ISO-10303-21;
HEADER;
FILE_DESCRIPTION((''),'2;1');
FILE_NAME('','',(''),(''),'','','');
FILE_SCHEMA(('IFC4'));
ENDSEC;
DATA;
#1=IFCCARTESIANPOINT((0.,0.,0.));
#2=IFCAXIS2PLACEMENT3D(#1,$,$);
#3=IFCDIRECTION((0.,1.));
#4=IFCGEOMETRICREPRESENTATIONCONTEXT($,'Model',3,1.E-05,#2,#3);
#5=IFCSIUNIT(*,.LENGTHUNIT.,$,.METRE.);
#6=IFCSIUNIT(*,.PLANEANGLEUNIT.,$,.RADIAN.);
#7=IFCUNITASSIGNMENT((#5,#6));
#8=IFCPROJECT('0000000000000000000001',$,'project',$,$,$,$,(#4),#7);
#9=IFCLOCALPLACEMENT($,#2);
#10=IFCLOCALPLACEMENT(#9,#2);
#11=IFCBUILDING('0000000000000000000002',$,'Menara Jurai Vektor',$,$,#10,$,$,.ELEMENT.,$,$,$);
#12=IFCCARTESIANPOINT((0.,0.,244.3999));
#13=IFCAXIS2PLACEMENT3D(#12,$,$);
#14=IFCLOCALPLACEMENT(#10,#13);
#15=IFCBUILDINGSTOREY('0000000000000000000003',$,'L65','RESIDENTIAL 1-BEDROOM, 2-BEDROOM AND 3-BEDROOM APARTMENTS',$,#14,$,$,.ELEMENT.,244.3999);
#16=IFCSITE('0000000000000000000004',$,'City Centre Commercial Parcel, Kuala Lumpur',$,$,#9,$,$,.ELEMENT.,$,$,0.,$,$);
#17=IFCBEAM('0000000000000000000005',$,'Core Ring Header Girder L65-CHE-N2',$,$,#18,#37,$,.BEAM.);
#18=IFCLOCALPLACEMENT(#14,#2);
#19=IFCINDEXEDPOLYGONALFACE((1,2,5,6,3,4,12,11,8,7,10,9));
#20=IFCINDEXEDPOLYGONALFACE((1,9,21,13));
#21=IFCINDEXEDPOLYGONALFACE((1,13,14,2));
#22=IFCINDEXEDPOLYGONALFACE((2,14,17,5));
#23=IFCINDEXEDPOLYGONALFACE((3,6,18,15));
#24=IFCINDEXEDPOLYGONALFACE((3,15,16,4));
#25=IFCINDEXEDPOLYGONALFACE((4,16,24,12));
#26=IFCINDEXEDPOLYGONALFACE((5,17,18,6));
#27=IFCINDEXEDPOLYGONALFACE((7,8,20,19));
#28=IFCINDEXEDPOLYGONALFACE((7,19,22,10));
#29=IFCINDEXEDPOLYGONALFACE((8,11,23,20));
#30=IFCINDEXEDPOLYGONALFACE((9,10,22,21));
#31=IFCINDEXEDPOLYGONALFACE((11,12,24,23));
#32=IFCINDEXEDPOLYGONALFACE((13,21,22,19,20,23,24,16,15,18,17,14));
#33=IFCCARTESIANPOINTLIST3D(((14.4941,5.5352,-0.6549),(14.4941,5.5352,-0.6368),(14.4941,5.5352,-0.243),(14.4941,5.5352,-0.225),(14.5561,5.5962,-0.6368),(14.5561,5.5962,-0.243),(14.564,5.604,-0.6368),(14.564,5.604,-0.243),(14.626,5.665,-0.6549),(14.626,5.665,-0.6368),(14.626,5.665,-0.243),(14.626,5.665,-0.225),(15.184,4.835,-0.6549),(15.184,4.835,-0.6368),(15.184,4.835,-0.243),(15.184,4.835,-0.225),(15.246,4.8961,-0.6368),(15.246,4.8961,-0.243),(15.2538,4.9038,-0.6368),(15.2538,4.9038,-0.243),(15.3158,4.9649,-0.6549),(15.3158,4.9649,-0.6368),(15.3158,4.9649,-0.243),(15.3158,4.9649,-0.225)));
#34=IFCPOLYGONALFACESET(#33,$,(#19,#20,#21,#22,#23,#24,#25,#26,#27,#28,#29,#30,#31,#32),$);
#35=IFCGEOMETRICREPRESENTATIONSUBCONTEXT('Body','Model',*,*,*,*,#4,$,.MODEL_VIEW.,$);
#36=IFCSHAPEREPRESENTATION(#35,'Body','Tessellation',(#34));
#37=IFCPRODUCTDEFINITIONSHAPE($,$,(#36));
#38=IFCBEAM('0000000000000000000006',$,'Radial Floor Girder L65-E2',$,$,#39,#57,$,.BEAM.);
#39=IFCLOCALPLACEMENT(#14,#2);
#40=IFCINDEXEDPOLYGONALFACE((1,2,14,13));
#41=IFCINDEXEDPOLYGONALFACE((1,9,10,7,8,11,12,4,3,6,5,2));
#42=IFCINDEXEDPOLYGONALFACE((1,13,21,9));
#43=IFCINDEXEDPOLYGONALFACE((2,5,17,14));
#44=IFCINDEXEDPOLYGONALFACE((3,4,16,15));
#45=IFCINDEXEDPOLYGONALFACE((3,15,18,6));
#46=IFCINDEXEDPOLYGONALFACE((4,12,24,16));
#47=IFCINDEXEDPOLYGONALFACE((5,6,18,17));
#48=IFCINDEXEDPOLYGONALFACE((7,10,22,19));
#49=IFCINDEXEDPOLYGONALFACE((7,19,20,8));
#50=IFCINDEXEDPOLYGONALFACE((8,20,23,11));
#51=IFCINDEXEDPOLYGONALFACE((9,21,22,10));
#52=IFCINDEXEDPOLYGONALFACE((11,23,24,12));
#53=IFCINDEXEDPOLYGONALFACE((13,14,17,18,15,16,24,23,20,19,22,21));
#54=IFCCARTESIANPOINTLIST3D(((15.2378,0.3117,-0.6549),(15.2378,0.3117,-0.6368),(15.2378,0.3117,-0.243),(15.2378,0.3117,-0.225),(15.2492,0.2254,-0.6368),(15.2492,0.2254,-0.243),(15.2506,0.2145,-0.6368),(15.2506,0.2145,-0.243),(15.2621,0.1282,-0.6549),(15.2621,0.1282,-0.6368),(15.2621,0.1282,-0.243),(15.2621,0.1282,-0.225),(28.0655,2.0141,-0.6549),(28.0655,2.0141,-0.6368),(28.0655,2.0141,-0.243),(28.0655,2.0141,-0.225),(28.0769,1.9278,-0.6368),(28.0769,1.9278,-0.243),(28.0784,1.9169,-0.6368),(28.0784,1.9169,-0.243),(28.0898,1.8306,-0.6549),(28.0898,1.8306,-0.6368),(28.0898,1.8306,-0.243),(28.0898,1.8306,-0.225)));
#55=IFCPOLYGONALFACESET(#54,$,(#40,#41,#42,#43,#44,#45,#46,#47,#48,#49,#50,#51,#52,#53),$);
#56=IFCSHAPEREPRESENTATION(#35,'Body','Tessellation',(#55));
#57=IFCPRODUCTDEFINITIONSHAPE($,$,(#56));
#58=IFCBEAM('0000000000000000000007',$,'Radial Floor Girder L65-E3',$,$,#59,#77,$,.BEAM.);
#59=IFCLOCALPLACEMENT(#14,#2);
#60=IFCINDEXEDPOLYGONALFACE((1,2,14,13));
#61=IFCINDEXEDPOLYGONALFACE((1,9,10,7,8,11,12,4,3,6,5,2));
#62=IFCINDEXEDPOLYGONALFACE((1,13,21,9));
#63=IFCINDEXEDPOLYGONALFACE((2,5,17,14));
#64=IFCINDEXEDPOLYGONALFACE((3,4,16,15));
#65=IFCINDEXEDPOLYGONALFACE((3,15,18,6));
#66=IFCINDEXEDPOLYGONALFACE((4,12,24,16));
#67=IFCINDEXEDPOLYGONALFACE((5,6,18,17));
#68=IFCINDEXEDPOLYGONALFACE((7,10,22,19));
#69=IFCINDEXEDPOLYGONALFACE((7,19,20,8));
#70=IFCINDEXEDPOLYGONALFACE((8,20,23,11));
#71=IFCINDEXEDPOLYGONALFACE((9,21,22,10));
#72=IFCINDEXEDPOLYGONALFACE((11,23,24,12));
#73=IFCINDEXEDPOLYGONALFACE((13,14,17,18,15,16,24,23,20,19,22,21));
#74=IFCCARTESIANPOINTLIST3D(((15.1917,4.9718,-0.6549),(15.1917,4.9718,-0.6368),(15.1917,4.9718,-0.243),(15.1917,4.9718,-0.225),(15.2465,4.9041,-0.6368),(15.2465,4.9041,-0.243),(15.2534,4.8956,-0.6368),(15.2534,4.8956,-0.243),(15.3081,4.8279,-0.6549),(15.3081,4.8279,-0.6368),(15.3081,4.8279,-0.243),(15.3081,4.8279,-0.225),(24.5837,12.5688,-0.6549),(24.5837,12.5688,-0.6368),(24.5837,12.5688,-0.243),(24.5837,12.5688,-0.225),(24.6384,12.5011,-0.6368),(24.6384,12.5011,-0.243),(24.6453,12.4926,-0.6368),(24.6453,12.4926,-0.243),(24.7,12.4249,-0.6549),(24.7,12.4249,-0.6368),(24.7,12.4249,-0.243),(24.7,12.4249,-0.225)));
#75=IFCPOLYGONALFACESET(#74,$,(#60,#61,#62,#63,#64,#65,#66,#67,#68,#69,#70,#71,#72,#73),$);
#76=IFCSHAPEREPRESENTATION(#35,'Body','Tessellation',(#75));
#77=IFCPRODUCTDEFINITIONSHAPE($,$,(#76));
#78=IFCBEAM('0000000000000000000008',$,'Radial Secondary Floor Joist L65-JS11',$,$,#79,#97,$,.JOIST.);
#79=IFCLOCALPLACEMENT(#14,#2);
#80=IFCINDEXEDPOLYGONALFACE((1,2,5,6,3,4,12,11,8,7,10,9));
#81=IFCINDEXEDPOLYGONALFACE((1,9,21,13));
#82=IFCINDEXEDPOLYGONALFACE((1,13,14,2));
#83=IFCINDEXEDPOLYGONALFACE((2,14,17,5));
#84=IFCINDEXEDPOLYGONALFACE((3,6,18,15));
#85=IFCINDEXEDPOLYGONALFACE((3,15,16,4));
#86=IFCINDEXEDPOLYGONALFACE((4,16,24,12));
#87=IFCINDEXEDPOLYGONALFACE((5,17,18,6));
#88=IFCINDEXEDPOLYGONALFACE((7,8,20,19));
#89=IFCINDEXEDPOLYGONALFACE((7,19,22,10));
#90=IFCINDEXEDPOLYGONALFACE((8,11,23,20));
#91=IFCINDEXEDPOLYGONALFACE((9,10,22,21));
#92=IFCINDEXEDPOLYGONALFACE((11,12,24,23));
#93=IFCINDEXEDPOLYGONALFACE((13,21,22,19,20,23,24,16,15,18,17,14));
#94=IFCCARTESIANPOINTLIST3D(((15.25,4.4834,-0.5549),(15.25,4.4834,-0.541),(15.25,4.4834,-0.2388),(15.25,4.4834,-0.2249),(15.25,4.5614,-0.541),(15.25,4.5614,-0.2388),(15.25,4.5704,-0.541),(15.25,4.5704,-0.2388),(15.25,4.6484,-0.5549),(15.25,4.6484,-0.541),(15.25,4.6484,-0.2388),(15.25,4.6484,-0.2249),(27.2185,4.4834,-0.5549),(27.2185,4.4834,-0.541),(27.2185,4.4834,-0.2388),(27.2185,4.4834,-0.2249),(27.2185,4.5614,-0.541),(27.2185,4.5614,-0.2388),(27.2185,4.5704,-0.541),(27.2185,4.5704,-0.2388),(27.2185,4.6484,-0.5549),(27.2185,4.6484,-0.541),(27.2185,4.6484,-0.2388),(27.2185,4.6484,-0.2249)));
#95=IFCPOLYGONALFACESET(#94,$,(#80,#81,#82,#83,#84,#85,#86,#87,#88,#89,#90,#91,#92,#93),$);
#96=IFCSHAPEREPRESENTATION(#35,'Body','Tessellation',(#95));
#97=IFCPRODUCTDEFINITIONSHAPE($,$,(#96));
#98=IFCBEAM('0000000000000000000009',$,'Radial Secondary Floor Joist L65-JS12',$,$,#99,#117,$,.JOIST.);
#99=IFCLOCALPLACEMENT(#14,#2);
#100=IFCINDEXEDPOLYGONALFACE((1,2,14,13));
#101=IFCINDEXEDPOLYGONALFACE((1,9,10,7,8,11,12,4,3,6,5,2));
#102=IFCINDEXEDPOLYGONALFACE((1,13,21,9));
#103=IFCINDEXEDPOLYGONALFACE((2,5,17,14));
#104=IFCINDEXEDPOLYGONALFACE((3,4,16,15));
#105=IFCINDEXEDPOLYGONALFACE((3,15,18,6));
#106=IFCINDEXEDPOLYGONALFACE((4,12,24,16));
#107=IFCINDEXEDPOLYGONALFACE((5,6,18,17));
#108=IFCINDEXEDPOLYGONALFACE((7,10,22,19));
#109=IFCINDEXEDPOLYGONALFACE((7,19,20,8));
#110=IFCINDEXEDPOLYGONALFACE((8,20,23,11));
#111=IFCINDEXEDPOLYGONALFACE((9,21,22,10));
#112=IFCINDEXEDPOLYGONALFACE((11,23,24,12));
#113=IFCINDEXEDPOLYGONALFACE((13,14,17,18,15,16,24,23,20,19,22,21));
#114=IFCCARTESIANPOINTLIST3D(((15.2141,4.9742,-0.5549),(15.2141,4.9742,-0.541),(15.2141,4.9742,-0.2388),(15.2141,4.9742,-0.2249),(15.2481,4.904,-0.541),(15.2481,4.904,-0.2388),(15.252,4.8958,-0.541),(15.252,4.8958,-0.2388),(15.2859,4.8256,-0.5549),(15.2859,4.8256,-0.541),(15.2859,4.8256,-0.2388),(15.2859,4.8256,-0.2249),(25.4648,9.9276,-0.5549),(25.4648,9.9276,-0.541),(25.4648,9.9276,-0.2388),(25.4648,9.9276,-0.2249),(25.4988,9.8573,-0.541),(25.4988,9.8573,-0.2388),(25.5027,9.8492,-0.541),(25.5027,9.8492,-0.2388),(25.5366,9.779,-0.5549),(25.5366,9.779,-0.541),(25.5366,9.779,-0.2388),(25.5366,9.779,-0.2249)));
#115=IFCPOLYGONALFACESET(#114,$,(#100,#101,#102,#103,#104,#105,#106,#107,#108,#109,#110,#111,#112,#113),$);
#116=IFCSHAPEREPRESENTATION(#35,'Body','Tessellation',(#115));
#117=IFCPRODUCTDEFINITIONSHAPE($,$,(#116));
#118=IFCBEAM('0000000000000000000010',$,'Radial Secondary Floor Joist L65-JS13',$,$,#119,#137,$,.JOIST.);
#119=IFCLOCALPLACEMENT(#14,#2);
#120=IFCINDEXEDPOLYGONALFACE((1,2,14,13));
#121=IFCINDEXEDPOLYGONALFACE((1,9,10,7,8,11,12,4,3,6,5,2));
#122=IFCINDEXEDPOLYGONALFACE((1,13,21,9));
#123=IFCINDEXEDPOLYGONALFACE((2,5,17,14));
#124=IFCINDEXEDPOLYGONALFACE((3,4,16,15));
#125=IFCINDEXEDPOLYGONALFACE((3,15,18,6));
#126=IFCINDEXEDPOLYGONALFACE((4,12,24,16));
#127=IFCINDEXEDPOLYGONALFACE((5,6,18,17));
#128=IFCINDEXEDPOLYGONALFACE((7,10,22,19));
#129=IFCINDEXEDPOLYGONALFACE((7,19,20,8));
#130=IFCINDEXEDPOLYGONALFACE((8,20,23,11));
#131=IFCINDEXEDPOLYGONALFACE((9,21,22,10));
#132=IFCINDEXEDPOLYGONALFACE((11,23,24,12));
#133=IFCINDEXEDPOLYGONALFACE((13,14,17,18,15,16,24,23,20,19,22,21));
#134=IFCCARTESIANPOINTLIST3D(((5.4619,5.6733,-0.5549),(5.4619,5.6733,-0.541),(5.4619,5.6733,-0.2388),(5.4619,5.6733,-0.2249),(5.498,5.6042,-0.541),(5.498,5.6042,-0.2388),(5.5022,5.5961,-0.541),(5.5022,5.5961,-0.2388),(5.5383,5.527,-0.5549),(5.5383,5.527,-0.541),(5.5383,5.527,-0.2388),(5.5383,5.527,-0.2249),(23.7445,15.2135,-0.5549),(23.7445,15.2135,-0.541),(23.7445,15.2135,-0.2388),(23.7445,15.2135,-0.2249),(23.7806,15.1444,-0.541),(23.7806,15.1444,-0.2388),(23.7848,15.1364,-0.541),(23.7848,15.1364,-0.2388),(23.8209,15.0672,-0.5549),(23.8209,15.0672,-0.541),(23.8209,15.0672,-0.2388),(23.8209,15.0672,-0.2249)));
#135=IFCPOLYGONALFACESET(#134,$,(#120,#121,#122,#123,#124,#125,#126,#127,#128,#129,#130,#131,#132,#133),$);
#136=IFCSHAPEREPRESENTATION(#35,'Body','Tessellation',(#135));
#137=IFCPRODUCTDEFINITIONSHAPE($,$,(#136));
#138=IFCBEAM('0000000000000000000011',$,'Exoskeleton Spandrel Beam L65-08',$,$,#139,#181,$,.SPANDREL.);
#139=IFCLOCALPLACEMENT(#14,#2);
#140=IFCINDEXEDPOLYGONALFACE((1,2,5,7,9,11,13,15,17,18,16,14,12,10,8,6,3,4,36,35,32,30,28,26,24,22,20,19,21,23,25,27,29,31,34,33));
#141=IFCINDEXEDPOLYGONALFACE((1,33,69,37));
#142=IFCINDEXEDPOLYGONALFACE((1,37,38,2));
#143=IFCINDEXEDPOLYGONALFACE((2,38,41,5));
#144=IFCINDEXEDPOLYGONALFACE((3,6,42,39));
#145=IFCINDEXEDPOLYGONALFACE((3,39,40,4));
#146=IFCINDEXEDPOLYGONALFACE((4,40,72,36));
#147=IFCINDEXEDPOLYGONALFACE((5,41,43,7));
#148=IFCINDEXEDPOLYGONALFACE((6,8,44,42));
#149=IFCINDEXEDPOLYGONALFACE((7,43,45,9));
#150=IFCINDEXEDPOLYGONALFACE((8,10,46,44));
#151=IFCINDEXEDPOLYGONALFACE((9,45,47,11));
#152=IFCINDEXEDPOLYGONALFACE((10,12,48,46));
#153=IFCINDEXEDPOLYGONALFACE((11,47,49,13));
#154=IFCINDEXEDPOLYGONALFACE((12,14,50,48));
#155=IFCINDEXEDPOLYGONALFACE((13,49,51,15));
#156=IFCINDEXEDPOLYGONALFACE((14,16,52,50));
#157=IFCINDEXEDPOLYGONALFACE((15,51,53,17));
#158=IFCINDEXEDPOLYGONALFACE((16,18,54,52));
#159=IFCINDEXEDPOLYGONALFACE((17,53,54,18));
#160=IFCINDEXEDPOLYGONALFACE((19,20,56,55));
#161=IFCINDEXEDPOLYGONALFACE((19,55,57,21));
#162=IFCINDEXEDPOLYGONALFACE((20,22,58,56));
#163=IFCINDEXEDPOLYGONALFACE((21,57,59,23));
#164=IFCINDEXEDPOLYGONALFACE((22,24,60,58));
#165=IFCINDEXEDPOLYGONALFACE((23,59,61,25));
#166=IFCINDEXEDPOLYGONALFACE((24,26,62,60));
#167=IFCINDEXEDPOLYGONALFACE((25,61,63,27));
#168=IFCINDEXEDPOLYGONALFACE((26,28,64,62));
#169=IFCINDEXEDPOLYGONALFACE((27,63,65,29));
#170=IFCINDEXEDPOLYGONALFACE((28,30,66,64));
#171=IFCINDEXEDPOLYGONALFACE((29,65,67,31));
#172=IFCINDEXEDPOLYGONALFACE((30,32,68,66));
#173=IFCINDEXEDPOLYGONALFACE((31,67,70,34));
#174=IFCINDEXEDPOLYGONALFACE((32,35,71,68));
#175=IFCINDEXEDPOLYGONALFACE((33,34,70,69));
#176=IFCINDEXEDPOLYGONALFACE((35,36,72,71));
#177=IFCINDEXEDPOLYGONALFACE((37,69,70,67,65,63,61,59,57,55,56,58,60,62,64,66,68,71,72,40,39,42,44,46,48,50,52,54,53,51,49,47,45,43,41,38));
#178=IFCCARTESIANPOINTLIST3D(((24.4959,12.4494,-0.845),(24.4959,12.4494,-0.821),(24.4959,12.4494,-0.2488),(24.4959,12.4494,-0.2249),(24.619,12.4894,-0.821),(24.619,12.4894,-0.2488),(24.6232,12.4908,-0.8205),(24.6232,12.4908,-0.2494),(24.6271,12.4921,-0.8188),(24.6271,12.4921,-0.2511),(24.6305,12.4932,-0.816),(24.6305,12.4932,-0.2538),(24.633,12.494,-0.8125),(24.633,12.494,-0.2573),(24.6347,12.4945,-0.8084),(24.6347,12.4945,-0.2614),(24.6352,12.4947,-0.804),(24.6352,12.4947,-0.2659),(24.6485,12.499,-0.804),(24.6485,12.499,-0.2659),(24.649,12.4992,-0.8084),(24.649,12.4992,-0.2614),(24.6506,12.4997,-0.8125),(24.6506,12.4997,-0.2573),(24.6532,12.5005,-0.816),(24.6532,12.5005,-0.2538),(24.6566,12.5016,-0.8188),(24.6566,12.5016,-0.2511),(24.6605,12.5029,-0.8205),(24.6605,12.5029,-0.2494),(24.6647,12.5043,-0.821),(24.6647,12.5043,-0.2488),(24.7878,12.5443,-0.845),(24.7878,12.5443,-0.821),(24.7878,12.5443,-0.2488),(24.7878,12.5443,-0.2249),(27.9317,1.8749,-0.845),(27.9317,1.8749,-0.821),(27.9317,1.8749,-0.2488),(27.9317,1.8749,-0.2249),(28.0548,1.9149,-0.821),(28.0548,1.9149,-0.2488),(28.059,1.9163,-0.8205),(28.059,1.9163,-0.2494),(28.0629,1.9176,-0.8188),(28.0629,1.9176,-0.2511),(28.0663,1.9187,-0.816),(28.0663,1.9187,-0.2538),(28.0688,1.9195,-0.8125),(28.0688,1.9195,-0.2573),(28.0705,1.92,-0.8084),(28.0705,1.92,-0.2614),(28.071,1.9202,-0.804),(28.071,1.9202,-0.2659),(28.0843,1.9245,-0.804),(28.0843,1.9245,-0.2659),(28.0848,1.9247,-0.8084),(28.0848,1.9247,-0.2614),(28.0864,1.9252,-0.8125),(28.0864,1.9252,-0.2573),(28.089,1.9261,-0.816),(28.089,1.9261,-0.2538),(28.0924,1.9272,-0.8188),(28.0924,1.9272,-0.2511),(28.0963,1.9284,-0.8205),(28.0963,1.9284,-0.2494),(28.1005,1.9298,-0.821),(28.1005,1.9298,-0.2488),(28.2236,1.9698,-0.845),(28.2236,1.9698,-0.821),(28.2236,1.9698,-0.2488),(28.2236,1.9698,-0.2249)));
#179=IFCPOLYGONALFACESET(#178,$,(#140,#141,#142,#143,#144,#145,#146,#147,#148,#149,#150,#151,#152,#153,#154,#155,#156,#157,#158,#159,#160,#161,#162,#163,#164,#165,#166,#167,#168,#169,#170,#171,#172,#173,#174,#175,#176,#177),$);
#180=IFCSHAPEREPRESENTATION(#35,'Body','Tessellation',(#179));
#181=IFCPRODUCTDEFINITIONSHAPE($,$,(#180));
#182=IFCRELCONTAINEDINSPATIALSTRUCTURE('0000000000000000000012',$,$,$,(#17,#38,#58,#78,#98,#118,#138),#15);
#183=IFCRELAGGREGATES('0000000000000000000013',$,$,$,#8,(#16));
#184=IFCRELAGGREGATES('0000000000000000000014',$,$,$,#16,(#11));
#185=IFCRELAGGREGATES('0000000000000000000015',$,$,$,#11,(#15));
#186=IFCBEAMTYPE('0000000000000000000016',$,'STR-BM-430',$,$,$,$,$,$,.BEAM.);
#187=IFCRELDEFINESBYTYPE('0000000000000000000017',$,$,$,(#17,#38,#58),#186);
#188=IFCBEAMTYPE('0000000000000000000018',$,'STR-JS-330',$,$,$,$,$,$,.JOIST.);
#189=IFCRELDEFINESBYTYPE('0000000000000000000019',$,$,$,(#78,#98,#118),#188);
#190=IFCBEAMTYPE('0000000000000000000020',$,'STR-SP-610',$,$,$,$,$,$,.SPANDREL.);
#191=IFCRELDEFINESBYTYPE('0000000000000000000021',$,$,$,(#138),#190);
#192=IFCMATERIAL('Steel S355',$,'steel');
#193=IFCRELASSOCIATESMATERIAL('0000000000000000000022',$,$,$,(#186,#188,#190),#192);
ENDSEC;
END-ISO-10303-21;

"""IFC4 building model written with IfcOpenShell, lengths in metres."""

from ifc_helpers import new_model, si_unit, direction, frame, origin, origin_2d, place, context, subcontext, project, spatial, i_section, extrude, material, material_profile, profile_set, type_object, element, save


model = new_model("IFC4")

# Units and contexts
model_context = context("Model", 3, precision=1e-05, world=origin(), true_north=direction((0.0, 1.0)))
body_context = subcontext(model_context, "Body", "Model", "MODEL_VIEW")
ifc_project = project(units=[si_unit("LENGTHUNIT", "METRE"), si_unit("PLANEANGLEUNIT", "RADIAN")], contexts=[model_context])

# Site, building, storey
site_placement = place(None, origin())
site = spatial("IfcSite", under=ifc_project, at=site_placement, Name="City Centre Commercial Parcel, Kuala Lumpur", CompositionType="ELEMENT", RefElevation=0.0)
building_placement = place(site_placement, origin())
building = spatial("IfcBuilding", under=site, at=building_placement, Name="Menara Jurai Vektor", CompositionType="ELEMENT")
storey_placement = place(building_placement, frame((0.0, 0.0, 244.3999)))
storey = spatial("IfcBuildingStorey", under=building, at=storey_placement, Name="L65", Description="RESIDENTIAL 1-BEDROOM, 2-BEDROOM AND 3-BEDROOM APARTMENTS", CompositionType="ELEMENT", Elevation=244.3999)

# Beams
ifc_material_1 = material(Name="Steel S355", Category="steel")
ifc_material_profile_1 = material_profile(ifc_material_1, i_section(OverallWidth=0.1851, OverallDepth=0.4299, WebThickness=0.011, FlangeThickness=0.0181, at=origin_2d()), Name="PG 430x185x76")
ifc_profile_set_1 = profile_set([ifc_material_profile_1], Name="Steel S355")
beam_type_1 = type_object("IfcBeamType", Name="STR-BM-430", PredefinedType="BEAM", material=ifc_profile_set_1)
beam_1_placement = place(storey_placement, frame((14.5601, 5.6001, -0.4399), z_axis=(0.701872, -0.712303, 0.0), x_axis=(0.712303, 0.701872, 0.0)))
element("IfcBeam", 1, at=beam_1_placement, inside=storey, type_object=beam_type_1, Name="Core Ring Header Girder L65-CHE-N2", PredefinedType="BEAM", context=body_context, shape_type="SweptSolid", body=[
    extrude(i_section(OverallWidth=0.1851, OverallDepth=0.4299, WebThickness=0.011, FlangeThickness=0.0181, at=origin_2d()), origin(), (0.0, 0.0, 1.0), 0.9829),
])
beam_2_placement = place(storey_placement, frame((28.0776, 1.9224, -0.4399), z_axis=(-0.991308, -0.131559, 0.0), x_axis=(0.131559, -0.991308, 0.0)))
element("IfcBeam", 2, at=beam_2_placement, inside=storey, type_object=beam_type_1, Name="Radial Floor Girder L65-E2", PredefinedType="BEAM", context=body_context, shape_type="SweptSolid", body=[
    extrude(i_section(OverallWidth=0.1851, OverallDepth=0.4299, WebThickness=0.011, FlangeThickness=0.0181, at=origin_2d()), origin(), (0.0, 0.0, 1.0), 12.9402),
])
beam_3_placement = place(storey_placement, frame((24.6418, 12.4968, -0.4399), z_axis=(-0.777488, -0.628898, 0.0), x_axis=(0.628898, -0.777488, 0.0)))
element("IfcBeam", 3, at=beam_3_placement, inside=storey, type_object=beam_type_1, Name="Radial Floor Girder L65-E3", PredefinedType="BEAM", context=body_context, shape_type="SweptSolid", body=[
    extrude(i_section(OverallWidth=0.1851, OverallDepth=0.4299, WebThickness=0.011, FlangeThickness=0.0181, at=origin_2d()), origin(), (0.0, 0.0, 1.0), 12.0798),
])
ifc_material_profile_2 = material_profile(ifc_material_1, i_section(OverallWidth=0.165, OverallDepth=0.3301, WebThickness=0.009, FlangeThickness=0.0139, at=origin_2d()), Name="PG 330x165x46")
ifc_profile_set_2 = profile_set([ifc_material_profile_2], Name="Steel S355")
beam_type_2 = type_object("IfcBeamType", Name="STR-JS-330", PredefinedType="JOIST", material=ifc_profile_set_2)
beam_4_placement = place(storey_placement, frame((27.2185, 4.5659, -0.3899), z_axis=(-1.0, 0.0, 0.0), x_axis=(0.0, -1.0, 0.0)))
element("IfcBeam", 4, at=beam_4_placement, inside=storey, type_object=beam_type_2, Name="Radial Secondary Floor Joist L65-JS11", PredefinedType="JOIST", context=body_context, shape_type="SweptSolid", body=[
    extrude(i_section(OverallWidth=0.165, OverallDepth=0.3301, WebThickness=0.009, FlangeThickness=0.0139, at=origin_2d()), origin(), (0.0, 0.0, 1.0), 11.9685),
])
beam_5_placement = place(storey_placement, frame((25.5007, 9.8533, -0.3899), z_axis=(-0.900389, -0.435087, 0.0), x_axis=(0.435087, -0.900389, 0.0)))
element("IfcBeam", 5, at=beam_5_placement, inside=storey, type_object=beam_type_2, Name="Radial Secondary Floor Joist L65-JS12", PredefinedType="JOIST", context=body_context, shape_type="SweptSolid", body=[
    extrude(i_section(OverallWidth=0.165, OverallDepth=0.3301, WebThickness=0.009, FlangeThickness=0.0139, at=origin_2d()), origin(), (0.0, 0.0, 1.0), 11.3848),
])
beam_6_placement = place(storey_placement, frame((23.7827, 15.1404, -0.3899), z_axis=(-0.886556, -0.462622, 0.0), x_axis=(0.462622, -0.886556, 0.0)))
element("IfcBeam", 6, at=beam_6_placement, inside=storey, type_object=beam_type_2, Name="Radial Secondary Floor Joist L65-JS13", PredefinedType="JOIST", context=body_context, shape_type="SweptSolid", body=[
    extrude(i_section(OverallWidth=0.165, OverallDepth=0.3301, WebThickness=0.009, FlangeThickness=0.0139, at=origin_2d()), origin(), (0.0, 0.0, 1.0), 20.6221),
])
ifc_material_profile_3 = material_profile(ifc_material_1, i_section(OverallWidth=0.3069, OverallDepth=0.6201, WebThickness=0.0139, FlangeThickness=0.0239, FilletRadius=0.0171, at=origin_2d()), Name="UKB 610x305x179")
ifc_profile_set_3 = profile_set([ifc_material_profile_3], Name="Steel S355")
beam_type_3 = type_object("IfcBeamType", Name="STR-SP-610", PredefinedType="SPANDREL", material=ifc_profile_set_3)
beam_7_placement = place(storey_placement, frame((28.0776, 1.9224, -0.5349), z_axis=(-0.309012, 0.951058, 0.0), x_axis=(-0.951058, -0.309012, 0.0)))
element("IfcBeam", 7, at=beam_7_placement, inside=storey, type_object=beam_type_3, Name="Exoskeleton Spandrel Beam L65-08", PredefinedType="SPANDREL", context=body_context, shape_type="SweptSolid", body=[
    extrude(i_section(OverallWidth=0.3069, OverallDepth=0.6201, WebThickness=0.0139, FlangeThickness=0.0239, FilletRadius=0.0171, at=origin_2d()), origin(), (0.0, 0.0, 1.0), 11.1187),
])

save(model, "model.ifc")
